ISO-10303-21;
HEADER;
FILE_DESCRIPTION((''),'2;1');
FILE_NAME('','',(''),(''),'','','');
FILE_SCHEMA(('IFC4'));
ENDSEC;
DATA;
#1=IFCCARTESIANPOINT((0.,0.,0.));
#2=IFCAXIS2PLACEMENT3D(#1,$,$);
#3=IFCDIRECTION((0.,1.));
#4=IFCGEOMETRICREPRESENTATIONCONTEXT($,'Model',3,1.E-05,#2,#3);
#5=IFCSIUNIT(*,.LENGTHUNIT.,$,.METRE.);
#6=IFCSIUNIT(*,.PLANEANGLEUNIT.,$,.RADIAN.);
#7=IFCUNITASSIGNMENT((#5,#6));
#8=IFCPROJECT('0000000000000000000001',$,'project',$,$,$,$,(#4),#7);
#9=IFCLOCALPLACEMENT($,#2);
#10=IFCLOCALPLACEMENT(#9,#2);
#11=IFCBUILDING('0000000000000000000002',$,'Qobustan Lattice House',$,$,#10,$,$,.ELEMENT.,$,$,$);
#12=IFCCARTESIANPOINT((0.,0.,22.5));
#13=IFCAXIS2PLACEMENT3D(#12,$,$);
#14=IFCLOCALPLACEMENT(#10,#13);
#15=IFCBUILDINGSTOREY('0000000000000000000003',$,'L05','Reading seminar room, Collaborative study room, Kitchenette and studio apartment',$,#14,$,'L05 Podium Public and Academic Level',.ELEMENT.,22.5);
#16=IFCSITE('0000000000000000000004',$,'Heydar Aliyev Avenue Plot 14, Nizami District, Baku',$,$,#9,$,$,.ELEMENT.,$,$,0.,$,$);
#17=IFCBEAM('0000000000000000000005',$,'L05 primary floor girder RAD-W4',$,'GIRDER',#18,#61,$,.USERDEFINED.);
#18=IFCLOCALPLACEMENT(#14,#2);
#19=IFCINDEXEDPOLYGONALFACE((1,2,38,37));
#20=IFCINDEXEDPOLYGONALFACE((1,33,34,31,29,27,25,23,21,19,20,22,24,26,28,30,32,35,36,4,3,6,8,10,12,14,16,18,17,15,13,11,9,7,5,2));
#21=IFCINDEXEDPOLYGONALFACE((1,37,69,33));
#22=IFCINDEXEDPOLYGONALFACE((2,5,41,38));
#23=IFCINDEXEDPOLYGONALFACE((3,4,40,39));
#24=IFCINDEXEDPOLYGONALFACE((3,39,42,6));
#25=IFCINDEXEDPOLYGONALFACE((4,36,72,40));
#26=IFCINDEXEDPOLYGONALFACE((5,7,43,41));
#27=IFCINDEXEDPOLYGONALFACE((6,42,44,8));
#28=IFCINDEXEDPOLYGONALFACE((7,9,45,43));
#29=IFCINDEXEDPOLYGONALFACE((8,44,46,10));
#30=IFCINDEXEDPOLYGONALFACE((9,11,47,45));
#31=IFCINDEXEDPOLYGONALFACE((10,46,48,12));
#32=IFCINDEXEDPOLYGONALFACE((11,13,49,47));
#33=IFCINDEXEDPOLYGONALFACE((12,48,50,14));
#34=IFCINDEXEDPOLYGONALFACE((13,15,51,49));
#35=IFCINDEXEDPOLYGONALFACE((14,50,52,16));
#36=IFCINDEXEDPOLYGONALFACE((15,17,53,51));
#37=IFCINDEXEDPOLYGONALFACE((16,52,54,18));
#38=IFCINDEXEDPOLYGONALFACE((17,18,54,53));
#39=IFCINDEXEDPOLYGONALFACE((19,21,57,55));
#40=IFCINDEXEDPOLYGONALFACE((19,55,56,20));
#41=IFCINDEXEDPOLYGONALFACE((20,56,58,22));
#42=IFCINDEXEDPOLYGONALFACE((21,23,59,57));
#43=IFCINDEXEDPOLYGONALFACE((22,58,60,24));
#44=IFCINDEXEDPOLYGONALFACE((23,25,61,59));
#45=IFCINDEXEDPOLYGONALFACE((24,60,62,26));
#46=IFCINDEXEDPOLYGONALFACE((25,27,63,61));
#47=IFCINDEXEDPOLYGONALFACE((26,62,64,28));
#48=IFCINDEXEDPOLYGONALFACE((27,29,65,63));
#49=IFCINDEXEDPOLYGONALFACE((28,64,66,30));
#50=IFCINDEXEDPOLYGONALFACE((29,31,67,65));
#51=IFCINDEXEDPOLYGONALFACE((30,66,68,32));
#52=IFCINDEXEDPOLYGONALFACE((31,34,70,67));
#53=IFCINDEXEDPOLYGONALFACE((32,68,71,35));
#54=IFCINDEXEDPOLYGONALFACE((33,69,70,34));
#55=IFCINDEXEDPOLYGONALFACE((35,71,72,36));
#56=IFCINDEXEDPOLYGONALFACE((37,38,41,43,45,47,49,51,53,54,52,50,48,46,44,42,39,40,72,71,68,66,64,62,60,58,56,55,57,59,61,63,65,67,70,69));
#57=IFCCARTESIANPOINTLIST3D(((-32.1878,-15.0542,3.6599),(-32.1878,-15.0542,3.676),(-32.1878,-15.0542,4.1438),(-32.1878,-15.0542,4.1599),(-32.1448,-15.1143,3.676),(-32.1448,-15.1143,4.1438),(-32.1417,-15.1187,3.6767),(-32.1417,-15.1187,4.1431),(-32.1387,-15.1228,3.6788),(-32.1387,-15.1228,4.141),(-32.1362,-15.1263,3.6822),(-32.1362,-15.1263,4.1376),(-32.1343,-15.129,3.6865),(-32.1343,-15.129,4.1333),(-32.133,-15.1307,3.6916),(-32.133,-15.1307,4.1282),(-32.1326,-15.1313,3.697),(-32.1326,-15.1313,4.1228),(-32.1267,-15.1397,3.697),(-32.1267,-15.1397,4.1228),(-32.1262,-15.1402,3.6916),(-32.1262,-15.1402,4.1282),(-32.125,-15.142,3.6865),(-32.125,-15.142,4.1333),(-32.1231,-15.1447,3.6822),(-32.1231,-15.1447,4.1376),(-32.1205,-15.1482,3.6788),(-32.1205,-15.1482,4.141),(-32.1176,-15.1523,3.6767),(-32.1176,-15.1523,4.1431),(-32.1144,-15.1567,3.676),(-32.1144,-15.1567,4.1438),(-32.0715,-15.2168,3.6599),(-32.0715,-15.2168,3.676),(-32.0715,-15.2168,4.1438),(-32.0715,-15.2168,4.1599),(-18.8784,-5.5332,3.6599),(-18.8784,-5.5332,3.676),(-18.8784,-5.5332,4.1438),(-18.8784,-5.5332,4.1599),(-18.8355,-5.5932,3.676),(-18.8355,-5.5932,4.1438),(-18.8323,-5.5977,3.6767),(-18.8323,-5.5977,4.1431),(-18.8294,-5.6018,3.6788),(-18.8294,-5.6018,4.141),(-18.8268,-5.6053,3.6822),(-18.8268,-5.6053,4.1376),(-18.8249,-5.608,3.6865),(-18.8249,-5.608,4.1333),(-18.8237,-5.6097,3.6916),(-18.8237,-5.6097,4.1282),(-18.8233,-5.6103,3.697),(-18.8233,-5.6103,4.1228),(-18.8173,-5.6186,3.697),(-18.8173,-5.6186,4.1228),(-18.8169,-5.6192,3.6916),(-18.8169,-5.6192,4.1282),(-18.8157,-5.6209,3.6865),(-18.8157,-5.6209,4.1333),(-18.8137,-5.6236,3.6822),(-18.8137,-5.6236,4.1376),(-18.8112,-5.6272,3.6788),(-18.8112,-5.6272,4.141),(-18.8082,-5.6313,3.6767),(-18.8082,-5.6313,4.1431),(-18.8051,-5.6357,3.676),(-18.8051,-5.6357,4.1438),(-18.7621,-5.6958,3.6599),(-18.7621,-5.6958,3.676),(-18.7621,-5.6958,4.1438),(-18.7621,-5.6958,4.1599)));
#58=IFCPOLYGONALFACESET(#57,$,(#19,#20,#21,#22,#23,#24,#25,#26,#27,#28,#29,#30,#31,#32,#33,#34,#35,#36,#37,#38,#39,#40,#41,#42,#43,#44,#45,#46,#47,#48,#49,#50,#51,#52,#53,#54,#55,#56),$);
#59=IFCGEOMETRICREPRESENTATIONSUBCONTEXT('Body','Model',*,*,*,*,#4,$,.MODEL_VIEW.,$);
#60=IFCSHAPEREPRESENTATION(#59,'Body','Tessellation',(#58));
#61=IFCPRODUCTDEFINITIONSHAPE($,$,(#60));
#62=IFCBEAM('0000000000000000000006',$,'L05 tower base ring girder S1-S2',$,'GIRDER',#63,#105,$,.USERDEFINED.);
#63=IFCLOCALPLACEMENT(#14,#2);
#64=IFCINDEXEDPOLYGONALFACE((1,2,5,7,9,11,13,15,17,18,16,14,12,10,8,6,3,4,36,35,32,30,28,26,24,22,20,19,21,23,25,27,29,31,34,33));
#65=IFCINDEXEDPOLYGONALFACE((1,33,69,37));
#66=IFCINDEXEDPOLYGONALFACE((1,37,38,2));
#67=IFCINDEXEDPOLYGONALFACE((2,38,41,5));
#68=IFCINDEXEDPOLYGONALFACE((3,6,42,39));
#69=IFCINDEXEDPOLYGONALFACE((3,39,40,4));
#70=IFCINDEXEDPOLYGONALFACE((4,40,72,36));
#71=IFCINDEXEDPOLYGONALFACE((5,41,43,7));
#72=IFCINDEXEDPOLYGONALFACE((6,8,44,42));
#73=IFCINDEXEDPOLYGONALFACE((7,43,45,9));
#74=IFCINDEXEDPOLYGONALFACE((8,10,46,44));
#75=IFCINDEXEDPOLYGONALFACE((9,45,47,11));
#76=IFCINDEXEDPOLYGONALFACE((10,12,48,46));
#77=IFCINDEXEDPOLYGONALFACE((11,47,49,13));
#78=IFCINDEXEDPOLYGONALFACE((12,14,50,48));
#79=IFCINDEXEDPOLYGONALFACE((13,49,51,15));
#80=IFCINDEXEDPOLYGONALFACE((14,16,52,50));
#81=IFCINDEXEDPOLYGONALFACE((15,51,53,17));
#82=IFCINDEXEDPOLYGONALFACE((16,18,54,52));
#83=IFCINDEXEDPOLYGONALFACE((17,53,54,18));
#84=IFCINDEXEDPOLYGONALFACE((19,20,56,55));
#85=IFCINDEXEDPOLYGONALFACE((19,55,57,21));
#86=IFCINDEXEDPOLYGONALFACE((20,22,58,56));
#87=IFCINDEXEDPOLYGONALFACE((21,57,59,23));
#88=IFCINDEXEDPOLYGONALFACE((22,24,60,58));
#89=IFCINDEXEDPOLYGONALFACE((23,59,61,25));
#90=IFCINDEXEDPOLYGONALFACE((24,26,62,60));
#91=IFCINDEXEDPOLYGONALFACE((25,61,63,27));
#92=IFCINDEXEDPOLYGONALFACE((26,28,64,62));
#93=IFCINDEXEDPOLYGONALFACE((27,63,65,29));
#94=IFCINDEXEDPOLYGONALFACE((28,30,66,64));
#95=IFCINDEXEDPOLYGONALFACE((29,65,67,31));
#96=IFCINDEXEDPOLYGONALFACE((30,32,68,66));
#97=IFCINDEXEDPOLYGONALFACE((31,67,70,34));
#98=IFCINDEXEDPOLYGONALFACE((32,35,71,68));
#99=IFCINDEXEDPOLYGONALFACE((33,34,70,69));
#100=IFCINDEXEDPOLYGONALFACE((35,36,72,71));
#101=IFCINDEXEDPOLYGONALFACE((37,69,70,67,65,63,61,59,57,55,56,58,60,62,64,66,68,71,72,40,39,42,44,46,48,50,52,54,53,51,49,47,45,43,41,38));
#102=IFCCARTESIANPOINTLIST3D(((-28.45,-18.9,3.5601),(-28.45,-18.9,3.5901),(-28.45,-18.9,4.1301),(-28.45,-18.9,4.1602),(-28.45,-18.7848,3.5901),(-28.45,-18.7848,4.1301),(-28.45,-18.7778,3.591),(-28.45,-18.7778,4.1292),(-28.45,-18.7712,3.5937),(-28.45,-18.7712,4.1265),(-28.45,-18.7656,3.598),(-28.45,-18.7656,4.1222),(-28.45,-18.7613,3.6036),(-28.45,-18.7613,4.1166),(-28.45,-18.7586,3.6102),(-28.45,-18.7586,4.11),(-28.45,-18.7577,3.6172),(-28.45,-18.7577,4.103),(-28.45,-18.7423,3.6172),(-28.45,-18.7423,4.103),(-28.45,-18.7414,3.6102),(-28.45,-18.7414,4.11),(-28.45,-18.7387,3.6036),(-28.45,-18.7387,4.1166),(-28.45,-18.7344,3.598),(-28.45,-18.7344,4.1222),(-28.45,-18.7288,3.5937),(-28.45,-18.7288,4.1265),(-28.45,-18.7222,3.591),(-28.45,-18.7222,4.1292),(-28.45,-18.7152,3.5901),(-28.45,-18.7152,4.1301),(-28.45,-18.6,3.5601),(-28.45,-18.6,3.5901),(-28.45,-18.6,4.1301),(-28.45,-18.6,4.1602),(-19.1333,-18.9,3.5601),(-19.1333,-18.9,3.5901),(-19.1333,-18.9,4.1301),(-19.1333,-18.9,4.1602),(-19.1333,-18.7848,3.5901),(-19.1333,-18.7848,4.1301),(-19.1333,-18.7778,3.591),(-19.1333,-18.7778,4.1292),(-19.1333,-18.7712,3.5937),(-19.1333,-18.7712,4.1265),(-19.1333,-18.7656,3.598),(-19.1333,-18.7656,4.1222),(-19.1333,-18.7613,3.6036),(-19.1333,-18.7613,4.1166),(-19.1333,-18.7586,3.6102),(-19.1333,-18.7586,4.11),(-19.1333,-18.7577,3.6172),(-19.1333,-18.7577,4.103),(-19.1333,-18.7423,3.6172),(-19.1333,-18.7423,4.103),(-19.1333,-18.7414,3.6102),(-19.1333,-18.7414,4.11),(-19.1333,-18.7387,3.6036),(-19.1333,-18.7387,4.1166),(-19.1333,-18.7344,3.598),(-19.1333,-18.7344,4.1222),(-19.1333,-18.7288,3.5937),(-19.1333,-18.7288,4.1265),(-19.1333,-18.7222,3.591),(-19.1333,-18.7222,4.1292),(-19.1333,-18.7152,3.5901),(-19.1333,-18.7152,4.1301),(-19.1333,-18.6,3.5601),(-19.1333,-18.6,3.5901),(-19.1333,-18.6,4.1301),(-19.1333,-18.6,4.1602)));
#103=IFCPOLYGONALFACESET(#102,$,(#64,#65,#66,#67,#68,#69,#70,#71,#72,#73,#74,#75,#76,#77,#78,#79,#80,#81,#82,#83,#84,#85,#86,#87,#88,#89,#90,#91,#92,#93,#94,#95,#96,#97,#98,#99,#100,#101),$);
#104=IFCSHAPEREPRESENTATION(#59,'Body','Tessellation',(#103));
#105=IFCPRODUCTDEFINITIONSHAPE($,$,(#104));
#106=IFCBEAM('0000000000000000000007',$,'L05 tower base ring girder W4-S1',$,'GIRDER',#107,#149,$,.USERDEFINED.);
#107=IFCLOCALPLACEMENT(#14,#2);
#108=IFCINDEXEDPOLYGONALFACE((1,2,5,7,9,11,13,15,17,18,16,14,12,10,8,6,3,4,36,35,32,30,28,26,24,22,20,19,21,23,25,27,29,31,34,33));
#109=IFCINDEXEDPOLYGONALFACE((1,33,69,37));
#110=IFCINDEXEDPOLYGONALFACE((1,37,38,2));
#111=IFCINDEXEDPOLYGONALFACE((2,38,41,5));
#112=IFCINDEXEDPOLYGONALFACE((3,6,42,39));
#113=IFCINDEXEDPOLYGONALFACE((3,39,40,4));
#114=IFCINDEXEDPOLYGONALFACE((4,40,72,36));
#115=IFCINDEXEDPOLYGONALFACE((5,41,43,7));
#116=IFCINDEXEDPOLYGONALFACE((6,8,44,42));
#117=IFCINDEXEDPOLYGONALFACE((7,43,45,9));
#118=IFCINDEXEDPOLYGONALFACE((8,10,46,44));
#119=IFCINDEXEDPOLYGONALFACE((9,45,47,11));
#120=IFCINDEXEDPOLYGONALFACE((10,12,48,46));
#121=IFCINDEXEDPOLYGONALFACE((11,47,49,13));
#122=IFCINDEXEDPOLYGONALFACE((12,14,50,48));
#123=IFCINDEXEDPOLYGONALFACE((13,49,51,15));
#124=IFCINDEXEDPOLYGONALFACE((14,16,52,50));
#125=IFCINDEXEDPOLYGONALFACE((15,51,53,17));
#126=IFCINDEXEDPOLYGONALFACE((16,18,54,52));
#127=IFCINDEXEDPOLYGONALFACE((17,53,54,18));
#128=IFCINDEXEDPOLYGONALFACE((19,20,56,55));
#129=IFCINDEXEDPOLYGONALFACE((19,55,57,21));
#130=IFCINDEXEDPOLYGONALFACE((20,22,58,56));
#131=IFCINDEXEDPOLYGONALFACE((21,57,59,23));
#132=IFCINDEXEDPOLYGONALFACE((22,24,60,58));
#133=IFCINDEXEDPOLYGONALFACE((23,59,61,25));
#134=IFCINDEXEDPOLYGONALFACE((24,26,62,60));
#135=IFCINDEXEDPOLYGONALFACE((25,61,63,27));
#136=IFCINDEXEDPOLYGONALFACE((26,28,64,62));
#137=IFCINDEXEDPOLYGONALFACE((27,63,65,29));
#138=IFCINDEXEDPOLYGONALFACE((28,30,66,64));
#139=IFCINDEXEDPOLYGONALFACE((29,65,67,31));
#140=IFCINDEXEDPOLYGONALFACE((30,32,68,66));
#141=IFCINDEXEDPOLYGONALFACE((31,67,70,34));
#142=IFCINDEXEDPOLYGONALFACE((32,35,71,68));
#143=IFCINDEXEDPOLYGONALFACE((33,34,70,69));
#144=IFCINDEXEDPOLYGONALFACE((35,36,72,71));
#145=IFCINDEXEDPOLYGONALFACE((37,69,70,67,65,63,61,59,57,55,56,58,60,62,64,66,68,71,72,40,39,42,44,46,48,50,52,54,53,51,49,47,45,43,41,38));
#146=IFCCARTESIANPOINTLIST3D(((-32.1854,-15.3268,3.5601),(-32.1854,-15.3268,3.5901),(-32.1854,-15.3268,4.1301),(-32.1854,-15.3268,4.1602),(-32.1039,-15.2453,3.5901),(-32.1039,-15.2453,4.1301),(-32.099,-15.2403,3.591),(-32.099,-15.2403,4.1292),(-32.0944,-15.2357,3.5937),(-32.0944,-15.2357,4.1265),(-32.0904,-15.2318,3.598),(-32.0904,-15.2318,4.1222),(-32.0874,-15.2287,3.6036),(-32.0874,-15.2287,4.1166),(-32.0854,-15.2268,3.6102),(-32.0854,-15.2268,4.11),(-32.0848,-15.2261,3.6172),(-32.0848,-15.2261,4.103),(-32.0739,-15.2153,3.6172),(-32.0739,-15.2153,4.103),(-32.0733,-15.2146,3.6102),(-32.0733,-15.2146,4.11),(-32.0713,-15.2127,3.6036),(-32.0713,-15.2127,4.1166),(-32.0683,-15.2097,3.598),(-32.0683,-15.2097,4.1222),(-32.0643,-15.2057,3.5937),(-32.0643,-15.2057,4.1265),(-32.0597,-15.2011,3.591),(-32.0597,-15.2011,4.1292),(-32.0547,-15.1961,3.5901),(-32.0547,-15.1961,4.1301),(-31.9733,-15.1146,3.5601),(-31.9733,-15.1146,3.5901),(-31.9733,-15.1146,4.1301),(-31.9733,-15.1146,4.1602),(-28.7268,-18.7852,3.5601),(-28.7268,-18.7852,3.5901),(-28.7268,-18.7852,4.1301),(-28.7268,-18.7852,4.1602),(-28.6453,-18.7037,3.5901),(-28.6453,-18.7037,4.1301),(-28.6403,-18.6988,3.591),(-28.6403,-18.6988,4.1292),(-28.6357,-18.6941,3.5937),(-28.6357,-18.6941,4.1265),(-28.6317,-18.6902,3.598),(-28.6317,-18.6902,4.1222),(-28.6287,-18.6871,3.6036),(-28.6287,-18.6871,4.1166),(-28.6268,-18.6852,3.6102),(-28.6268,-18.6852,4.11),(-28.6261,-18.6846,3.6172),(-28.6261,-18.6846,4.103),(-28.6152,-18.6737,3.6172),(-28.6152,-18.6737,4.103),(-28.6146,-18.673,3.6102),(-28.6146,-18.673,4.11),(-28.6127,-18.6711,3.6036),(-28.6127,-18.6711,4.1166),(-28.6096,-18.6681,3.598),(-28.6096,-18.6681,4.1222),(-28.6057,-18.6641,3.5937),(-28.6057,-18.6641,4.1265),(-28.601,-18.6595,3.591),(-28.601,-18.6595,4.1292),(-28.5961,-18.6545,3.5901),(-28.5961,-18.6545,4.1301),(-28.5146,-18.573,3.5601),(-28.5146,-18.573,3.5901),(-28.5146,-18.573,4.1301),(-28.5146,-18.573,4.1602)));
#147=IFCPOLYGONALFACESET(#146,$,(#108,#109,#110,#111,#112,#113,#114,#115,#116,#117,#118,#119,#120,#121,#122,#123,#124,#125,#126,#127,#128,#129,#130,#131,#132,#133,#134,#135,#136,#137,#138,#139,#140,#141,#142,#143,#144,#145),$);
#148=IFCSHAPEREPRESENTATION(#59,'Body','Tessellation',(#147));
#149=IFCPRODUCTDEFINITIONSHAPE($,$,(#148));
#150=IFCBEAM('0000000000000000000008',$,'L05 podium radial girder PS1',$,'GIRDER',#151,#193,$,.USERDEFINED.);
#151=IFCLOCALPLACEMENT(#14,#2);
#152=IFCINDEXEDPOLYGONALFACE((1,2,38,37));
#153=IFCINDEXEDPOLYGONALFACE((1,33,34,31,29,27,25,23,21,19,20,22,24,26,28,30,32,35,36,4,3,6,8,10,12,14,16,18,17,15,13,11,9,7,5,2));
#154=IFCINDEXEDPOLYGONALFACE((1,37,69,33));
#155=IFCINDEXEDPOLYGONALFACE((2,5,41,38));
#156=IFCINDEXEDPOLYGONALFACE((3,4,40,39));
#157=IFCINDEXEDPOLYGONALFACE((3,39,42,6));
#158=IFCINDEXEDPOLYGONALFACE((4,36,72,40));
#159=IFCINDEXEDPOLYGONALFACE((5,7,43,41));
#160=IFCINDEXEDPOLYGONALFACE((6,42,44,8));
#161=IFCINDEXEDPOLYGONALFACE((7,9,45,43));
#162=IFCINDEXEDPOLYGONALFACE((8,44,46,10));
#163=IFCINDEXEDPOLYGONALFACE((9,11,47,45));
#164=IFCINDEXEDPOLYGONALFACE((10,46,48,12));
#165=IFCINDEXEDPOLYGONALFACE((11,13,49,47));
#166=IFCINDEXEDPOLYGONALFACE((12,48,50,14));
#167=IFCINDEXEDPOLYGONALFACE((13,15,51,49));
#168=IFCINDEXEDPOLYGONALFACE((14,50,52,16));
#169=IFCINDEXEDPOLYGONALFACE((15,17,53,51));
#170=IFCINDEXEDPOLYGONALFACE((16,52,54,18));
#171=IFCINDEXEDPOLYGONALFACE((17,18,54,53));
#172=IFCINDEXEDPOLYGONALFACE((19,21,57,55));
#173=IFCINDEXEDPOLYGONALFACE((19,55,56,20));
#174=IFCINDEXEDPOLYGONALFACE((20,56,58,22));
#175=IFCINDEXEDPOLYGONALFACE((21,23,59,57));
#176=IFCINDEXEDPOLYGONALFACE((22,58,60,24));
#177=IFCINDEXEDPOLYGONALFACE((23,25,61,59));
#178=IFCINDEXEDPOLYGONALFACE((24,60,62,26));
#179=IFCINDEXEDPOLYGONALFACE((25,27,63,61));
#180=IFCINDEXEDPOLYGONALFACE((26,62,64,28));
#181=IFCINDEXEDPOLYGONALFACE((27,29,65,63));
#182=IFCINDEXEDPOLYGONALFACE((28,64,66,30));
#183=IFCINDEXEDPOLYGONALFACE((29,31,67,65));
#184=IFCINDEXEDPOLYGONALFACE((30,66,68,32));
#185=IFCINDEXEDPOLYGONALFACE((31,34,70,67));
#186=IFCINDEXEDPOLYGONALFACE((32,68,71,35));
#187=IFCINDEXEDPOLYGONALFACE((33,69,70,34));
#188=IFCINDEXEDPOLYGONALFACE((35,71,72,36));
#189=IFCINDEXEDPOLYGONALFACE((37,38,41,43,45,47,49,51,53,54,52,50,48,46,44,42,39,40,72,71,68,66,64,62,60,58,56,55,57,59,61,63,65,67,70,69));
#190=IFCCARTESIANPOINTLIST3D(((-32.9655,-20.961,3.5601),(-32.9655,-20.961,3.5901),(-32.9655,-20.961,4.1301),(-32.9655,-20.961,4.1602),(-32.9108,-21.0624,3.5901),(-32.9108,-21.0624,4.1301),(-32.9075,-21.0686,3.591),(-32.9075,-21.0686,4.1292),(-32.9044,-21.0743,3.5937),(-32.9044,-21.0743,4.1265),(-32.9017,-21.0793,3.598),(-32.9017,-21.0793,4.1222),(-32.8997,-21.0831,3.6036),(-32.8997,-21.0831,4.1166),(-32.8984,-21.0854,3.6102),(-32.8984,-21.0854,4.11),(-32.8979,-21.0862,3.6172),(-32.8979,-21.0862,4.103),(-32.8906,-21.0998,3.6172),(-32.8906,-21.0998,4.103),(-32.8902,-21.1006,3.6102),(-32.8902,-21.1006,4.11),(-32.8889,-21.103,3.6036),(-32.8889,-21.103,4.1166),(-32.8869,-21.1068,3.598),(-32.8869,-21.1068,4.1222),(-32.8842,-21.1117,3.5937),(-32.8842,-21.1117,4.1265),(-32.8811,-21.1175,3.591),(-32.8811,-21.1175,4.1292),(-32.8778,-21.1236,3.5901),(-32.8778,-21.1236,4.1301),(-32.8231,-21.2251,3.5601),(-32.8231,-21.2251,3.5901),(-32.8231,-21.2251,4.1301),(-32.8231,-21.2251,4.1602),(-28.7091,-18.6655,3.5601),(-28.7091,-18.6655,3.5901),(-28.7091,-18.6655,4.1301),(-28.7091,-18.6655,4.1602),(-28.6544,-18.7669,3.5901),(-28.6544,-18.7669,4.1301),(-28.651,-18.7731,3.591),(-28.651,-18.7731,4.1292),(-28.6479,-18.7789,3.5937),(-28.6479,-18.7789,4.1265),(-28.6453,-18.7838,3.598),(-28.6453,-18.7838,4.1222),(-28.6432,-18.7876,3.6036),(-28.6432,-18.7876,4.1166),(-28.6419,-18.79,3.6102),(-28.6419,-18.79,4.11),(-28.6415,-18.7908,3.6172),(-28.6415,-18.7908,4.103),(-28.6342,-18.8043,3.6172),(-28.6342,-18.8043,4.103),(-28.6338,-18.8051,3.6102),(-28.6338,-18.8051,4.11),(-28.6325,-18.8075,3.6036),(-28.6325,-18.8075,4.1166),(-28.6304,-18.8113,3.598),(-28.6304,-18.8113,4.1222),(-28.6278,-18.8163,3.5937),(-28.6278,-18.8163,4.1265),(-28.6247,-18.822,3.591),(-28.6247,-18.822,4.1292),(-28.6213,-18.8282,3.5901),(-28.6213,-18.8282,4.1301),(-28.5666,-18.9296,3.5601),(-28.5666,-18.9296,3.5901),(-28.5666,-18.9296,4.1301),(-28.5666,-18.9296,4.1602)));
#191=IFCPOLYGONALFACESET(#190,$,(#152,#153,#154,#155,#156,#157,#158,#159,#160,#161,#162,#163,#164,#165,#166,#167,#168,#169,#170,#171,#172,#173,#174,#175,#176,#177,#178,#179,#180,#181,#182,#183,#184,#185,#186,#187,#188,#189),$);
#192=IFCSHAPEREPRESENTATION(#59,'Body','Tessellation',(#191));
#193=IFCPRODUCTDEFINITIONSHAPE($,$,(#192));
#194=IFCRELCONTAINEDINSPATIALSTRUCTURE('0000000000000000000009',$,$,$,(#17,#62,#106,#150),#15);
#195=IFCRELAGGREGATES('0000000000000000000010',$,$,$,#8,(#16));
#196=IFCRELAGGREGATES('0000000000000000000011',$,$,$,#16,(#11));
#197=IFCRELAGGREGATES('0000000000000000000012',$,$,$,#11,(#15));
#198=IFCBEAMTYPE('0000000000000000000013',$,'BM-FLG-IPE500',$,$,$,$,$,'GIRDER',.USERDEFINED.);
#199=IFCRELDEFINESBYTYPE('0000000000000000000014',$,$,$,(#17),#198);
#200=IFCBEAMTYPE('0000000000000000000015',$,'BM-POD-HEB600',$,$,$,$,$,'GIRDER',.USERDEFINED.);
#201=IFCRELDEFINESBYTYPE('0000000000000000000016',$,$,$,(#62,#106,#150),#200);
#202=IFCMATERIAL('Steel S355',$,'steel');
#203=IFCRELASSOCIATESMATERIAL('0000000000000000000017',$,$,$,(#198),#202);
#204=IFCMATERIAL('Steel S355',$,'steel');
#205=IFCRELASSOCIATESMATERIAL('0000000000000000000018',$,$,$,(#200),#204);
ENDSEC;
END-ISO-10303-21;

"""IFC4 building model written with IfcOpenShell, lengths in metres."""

from ifc_helpers import new_model, si_unit, direction, frame, origin, origin_2d, place, context, subcontext, project, spatial, i_section, extrude, material, material_profile, profile_set, type_object, element, save


model = new_model("IFC4")

# Units and contexts
model_context = context("Model", 3, precision=1e-05, world=origin(), true_north=direction((0.0, 1.0)))
body_context = subcontext(model_context, "Body", "Model", "MODEL_VIEW")
ifc_project = project(units=[si_unit("LENGTHUNIT", "METRE"), si_unit("PLANEANGLEUNIT", "RADIAN")], contexts=[model_context])

# Site, building, storey
site_placement = place(None, origin())
site = spatial("IfcSite", under=ifc_project, at=site_placement, Name="Heydar Aliyev Avenue Plot 14, Nizami District, Baku", CompositionType="ELEMENT", RefElevation=0.0)
building_placement = place(site_placement, origin())
building = spatial("IfcBuilding", under=site, at=building_placement, Name="Qobustan Lattice House", CompositionType="ELEMENT")
storey_placement = place(building_placement, frame((0.0, 0.0, 22.5)))
storey = spatial("IfcBuildingStorey", under=building, at=storey_placement, Name="L05", Description="Reading seminar room, Collaborative study room, Kitchenette and studio apartment", LongName="L05 Podium Public and Academic Level", CompositionType="ELEMENT", Elevation=22.5)

# Beams
ifc_material_1 = material(Name="Steel S355", Category="steel")
ifc_material_profile_1 = material_profile(ifc_material_1, i_section(OverallWidth=0.2, OverallDepth=0.5, WebThickness=0.0103, FlangeThickness=0.0161, FilletRadius=0.021, at=origin_2d()), Name="IPE500")
ifc_profile_set_1 = profile_set([ifc_material_profile_1], Name="Steel S355")
beam_type_1 = type_object("IfcBeamType", Name="BM-FLG-IPE500", ElementType="GIRDER", PredefinedType="USERDEFINED", material=ifc_profile_set_1)
beam_1_placement = place(storey_placement, frame((-32.1296, -15.1355, 3.9099), z_axis=(0.813319, 0.581818, 0.0), x_axis=(-0.581818, 0.813319, 0.0)))
element("IfcBeam", 1, at=beam_1_placement, inside=storey, type_object=beam_type_1, Name="L05 primary floor girder RAD-W4", ObjectType="GIRDER", PredefinedType="USERDEFINED", context=body_context, shape_type="SweptSolid", body=[
    extrude(i_section(OverallWidth=0.2, OverallDepth=0.5, WebThickness=0.0103, FlangeThickness=0.0161, FilletRadius=0.021, at=origin_2d()), origin(), (0.0, 0.0, 1.0), 16.3643),
])
ifc_material_2 = material(Name="Steel S355", Category="steel")
ifc_material_profile_2 = material_profile(ifc_material_2, i_section(OverallWidth=0.3, OverallDepth=0.6001, WebThickness=0.0154, FlangeThickness=0.03, FilletRadius=0.0271, at=origin_2d()), Name="HEB600")
ifc_profile_set_2 = profile_set([ifc_material_profile_2], Name="Steel S355")
beam_type_2 = type_object("IfcBeamType", Name="BM-POD-HEB600", ElementType="GIRDER", PredefinedType="USERDEFINED", material=ifc_profile_set_2)
beam_2_placement = place(storey_placement, frame((-28.45, -18.75, 3.8601), z_axis=(1.0, 0.0, 0.0), x_axis=(0.0, 1.0, 0.0)))
element("IfcBeam", 2, at=beam_2_placement, inside=storey, type_object=beam_type_2, Name="L05 tower base ring girder S1-S2", ObjectType="GIRDER", PredefinedType="USERDEFINED", context=body_context, shape_type="SweptSolid", body=[
    extrude(i_section(OverallWidth=0.3, OverallDepth=0.6001, WebThickness=0.0154, FlangeThickness=0.03, FilletRadius=0.0271, at=origin_2d()), origin(), (0.0, 0.0, 1.0), 9.3167),
])
beam_3_placement = place(storey_placement, frame((-32.0793, -15.2207, 3.8601), z_axis=(0.707132, -0.707082, 0.0), x_axis=(0.707082, 0.707132, 0.0)))
element("IfcBeam", 3, at=beam_3_placement, inside=storey, type_object=beam_type_2, Name="L05 tower base ring girder W4-S1", ObjectType="GIRDER", PredefinedType="USERDEFINED", context=body_context, shape_type="SweptSolid", body=[
    extrude(i_section(OverallWidth=0.3, OverallDepth=0.6001, WebThickness=0.0154, FlangeThickness=0.03, FilletRadius=0.0271, at=origin_2d()), origin(), (0.0, 0.0, 1.0), 4.8911),
])
beam_4_placement = place(storey_placement, frame((-32.8943, -21.093, 3.8601), z_axis=(0.880166, 0.474666, 0.0), x_axis=(-0.474666, 0.880166, 0.0)))
element("IfcBeam", 4, at=beam_4_placement, inside=storey, type_object=beam_type_2, Name="L05 podium radial girder PS1", ObjectType="GIRDER", PredefinedType="USERDEFINED", context=body_context, shape_type="SweptSolid", body=[
    extrude(i_section(OverallWidth=0.3, OverallDepth=0.6001, WebThickness=0.0154, FlangeThickness=0.03, FilletRadius=0.0271, at=origin_2d()), origin(), (0.0, 0.0, 1.0), 4.8359),
])

save(model, "model.ifc")
